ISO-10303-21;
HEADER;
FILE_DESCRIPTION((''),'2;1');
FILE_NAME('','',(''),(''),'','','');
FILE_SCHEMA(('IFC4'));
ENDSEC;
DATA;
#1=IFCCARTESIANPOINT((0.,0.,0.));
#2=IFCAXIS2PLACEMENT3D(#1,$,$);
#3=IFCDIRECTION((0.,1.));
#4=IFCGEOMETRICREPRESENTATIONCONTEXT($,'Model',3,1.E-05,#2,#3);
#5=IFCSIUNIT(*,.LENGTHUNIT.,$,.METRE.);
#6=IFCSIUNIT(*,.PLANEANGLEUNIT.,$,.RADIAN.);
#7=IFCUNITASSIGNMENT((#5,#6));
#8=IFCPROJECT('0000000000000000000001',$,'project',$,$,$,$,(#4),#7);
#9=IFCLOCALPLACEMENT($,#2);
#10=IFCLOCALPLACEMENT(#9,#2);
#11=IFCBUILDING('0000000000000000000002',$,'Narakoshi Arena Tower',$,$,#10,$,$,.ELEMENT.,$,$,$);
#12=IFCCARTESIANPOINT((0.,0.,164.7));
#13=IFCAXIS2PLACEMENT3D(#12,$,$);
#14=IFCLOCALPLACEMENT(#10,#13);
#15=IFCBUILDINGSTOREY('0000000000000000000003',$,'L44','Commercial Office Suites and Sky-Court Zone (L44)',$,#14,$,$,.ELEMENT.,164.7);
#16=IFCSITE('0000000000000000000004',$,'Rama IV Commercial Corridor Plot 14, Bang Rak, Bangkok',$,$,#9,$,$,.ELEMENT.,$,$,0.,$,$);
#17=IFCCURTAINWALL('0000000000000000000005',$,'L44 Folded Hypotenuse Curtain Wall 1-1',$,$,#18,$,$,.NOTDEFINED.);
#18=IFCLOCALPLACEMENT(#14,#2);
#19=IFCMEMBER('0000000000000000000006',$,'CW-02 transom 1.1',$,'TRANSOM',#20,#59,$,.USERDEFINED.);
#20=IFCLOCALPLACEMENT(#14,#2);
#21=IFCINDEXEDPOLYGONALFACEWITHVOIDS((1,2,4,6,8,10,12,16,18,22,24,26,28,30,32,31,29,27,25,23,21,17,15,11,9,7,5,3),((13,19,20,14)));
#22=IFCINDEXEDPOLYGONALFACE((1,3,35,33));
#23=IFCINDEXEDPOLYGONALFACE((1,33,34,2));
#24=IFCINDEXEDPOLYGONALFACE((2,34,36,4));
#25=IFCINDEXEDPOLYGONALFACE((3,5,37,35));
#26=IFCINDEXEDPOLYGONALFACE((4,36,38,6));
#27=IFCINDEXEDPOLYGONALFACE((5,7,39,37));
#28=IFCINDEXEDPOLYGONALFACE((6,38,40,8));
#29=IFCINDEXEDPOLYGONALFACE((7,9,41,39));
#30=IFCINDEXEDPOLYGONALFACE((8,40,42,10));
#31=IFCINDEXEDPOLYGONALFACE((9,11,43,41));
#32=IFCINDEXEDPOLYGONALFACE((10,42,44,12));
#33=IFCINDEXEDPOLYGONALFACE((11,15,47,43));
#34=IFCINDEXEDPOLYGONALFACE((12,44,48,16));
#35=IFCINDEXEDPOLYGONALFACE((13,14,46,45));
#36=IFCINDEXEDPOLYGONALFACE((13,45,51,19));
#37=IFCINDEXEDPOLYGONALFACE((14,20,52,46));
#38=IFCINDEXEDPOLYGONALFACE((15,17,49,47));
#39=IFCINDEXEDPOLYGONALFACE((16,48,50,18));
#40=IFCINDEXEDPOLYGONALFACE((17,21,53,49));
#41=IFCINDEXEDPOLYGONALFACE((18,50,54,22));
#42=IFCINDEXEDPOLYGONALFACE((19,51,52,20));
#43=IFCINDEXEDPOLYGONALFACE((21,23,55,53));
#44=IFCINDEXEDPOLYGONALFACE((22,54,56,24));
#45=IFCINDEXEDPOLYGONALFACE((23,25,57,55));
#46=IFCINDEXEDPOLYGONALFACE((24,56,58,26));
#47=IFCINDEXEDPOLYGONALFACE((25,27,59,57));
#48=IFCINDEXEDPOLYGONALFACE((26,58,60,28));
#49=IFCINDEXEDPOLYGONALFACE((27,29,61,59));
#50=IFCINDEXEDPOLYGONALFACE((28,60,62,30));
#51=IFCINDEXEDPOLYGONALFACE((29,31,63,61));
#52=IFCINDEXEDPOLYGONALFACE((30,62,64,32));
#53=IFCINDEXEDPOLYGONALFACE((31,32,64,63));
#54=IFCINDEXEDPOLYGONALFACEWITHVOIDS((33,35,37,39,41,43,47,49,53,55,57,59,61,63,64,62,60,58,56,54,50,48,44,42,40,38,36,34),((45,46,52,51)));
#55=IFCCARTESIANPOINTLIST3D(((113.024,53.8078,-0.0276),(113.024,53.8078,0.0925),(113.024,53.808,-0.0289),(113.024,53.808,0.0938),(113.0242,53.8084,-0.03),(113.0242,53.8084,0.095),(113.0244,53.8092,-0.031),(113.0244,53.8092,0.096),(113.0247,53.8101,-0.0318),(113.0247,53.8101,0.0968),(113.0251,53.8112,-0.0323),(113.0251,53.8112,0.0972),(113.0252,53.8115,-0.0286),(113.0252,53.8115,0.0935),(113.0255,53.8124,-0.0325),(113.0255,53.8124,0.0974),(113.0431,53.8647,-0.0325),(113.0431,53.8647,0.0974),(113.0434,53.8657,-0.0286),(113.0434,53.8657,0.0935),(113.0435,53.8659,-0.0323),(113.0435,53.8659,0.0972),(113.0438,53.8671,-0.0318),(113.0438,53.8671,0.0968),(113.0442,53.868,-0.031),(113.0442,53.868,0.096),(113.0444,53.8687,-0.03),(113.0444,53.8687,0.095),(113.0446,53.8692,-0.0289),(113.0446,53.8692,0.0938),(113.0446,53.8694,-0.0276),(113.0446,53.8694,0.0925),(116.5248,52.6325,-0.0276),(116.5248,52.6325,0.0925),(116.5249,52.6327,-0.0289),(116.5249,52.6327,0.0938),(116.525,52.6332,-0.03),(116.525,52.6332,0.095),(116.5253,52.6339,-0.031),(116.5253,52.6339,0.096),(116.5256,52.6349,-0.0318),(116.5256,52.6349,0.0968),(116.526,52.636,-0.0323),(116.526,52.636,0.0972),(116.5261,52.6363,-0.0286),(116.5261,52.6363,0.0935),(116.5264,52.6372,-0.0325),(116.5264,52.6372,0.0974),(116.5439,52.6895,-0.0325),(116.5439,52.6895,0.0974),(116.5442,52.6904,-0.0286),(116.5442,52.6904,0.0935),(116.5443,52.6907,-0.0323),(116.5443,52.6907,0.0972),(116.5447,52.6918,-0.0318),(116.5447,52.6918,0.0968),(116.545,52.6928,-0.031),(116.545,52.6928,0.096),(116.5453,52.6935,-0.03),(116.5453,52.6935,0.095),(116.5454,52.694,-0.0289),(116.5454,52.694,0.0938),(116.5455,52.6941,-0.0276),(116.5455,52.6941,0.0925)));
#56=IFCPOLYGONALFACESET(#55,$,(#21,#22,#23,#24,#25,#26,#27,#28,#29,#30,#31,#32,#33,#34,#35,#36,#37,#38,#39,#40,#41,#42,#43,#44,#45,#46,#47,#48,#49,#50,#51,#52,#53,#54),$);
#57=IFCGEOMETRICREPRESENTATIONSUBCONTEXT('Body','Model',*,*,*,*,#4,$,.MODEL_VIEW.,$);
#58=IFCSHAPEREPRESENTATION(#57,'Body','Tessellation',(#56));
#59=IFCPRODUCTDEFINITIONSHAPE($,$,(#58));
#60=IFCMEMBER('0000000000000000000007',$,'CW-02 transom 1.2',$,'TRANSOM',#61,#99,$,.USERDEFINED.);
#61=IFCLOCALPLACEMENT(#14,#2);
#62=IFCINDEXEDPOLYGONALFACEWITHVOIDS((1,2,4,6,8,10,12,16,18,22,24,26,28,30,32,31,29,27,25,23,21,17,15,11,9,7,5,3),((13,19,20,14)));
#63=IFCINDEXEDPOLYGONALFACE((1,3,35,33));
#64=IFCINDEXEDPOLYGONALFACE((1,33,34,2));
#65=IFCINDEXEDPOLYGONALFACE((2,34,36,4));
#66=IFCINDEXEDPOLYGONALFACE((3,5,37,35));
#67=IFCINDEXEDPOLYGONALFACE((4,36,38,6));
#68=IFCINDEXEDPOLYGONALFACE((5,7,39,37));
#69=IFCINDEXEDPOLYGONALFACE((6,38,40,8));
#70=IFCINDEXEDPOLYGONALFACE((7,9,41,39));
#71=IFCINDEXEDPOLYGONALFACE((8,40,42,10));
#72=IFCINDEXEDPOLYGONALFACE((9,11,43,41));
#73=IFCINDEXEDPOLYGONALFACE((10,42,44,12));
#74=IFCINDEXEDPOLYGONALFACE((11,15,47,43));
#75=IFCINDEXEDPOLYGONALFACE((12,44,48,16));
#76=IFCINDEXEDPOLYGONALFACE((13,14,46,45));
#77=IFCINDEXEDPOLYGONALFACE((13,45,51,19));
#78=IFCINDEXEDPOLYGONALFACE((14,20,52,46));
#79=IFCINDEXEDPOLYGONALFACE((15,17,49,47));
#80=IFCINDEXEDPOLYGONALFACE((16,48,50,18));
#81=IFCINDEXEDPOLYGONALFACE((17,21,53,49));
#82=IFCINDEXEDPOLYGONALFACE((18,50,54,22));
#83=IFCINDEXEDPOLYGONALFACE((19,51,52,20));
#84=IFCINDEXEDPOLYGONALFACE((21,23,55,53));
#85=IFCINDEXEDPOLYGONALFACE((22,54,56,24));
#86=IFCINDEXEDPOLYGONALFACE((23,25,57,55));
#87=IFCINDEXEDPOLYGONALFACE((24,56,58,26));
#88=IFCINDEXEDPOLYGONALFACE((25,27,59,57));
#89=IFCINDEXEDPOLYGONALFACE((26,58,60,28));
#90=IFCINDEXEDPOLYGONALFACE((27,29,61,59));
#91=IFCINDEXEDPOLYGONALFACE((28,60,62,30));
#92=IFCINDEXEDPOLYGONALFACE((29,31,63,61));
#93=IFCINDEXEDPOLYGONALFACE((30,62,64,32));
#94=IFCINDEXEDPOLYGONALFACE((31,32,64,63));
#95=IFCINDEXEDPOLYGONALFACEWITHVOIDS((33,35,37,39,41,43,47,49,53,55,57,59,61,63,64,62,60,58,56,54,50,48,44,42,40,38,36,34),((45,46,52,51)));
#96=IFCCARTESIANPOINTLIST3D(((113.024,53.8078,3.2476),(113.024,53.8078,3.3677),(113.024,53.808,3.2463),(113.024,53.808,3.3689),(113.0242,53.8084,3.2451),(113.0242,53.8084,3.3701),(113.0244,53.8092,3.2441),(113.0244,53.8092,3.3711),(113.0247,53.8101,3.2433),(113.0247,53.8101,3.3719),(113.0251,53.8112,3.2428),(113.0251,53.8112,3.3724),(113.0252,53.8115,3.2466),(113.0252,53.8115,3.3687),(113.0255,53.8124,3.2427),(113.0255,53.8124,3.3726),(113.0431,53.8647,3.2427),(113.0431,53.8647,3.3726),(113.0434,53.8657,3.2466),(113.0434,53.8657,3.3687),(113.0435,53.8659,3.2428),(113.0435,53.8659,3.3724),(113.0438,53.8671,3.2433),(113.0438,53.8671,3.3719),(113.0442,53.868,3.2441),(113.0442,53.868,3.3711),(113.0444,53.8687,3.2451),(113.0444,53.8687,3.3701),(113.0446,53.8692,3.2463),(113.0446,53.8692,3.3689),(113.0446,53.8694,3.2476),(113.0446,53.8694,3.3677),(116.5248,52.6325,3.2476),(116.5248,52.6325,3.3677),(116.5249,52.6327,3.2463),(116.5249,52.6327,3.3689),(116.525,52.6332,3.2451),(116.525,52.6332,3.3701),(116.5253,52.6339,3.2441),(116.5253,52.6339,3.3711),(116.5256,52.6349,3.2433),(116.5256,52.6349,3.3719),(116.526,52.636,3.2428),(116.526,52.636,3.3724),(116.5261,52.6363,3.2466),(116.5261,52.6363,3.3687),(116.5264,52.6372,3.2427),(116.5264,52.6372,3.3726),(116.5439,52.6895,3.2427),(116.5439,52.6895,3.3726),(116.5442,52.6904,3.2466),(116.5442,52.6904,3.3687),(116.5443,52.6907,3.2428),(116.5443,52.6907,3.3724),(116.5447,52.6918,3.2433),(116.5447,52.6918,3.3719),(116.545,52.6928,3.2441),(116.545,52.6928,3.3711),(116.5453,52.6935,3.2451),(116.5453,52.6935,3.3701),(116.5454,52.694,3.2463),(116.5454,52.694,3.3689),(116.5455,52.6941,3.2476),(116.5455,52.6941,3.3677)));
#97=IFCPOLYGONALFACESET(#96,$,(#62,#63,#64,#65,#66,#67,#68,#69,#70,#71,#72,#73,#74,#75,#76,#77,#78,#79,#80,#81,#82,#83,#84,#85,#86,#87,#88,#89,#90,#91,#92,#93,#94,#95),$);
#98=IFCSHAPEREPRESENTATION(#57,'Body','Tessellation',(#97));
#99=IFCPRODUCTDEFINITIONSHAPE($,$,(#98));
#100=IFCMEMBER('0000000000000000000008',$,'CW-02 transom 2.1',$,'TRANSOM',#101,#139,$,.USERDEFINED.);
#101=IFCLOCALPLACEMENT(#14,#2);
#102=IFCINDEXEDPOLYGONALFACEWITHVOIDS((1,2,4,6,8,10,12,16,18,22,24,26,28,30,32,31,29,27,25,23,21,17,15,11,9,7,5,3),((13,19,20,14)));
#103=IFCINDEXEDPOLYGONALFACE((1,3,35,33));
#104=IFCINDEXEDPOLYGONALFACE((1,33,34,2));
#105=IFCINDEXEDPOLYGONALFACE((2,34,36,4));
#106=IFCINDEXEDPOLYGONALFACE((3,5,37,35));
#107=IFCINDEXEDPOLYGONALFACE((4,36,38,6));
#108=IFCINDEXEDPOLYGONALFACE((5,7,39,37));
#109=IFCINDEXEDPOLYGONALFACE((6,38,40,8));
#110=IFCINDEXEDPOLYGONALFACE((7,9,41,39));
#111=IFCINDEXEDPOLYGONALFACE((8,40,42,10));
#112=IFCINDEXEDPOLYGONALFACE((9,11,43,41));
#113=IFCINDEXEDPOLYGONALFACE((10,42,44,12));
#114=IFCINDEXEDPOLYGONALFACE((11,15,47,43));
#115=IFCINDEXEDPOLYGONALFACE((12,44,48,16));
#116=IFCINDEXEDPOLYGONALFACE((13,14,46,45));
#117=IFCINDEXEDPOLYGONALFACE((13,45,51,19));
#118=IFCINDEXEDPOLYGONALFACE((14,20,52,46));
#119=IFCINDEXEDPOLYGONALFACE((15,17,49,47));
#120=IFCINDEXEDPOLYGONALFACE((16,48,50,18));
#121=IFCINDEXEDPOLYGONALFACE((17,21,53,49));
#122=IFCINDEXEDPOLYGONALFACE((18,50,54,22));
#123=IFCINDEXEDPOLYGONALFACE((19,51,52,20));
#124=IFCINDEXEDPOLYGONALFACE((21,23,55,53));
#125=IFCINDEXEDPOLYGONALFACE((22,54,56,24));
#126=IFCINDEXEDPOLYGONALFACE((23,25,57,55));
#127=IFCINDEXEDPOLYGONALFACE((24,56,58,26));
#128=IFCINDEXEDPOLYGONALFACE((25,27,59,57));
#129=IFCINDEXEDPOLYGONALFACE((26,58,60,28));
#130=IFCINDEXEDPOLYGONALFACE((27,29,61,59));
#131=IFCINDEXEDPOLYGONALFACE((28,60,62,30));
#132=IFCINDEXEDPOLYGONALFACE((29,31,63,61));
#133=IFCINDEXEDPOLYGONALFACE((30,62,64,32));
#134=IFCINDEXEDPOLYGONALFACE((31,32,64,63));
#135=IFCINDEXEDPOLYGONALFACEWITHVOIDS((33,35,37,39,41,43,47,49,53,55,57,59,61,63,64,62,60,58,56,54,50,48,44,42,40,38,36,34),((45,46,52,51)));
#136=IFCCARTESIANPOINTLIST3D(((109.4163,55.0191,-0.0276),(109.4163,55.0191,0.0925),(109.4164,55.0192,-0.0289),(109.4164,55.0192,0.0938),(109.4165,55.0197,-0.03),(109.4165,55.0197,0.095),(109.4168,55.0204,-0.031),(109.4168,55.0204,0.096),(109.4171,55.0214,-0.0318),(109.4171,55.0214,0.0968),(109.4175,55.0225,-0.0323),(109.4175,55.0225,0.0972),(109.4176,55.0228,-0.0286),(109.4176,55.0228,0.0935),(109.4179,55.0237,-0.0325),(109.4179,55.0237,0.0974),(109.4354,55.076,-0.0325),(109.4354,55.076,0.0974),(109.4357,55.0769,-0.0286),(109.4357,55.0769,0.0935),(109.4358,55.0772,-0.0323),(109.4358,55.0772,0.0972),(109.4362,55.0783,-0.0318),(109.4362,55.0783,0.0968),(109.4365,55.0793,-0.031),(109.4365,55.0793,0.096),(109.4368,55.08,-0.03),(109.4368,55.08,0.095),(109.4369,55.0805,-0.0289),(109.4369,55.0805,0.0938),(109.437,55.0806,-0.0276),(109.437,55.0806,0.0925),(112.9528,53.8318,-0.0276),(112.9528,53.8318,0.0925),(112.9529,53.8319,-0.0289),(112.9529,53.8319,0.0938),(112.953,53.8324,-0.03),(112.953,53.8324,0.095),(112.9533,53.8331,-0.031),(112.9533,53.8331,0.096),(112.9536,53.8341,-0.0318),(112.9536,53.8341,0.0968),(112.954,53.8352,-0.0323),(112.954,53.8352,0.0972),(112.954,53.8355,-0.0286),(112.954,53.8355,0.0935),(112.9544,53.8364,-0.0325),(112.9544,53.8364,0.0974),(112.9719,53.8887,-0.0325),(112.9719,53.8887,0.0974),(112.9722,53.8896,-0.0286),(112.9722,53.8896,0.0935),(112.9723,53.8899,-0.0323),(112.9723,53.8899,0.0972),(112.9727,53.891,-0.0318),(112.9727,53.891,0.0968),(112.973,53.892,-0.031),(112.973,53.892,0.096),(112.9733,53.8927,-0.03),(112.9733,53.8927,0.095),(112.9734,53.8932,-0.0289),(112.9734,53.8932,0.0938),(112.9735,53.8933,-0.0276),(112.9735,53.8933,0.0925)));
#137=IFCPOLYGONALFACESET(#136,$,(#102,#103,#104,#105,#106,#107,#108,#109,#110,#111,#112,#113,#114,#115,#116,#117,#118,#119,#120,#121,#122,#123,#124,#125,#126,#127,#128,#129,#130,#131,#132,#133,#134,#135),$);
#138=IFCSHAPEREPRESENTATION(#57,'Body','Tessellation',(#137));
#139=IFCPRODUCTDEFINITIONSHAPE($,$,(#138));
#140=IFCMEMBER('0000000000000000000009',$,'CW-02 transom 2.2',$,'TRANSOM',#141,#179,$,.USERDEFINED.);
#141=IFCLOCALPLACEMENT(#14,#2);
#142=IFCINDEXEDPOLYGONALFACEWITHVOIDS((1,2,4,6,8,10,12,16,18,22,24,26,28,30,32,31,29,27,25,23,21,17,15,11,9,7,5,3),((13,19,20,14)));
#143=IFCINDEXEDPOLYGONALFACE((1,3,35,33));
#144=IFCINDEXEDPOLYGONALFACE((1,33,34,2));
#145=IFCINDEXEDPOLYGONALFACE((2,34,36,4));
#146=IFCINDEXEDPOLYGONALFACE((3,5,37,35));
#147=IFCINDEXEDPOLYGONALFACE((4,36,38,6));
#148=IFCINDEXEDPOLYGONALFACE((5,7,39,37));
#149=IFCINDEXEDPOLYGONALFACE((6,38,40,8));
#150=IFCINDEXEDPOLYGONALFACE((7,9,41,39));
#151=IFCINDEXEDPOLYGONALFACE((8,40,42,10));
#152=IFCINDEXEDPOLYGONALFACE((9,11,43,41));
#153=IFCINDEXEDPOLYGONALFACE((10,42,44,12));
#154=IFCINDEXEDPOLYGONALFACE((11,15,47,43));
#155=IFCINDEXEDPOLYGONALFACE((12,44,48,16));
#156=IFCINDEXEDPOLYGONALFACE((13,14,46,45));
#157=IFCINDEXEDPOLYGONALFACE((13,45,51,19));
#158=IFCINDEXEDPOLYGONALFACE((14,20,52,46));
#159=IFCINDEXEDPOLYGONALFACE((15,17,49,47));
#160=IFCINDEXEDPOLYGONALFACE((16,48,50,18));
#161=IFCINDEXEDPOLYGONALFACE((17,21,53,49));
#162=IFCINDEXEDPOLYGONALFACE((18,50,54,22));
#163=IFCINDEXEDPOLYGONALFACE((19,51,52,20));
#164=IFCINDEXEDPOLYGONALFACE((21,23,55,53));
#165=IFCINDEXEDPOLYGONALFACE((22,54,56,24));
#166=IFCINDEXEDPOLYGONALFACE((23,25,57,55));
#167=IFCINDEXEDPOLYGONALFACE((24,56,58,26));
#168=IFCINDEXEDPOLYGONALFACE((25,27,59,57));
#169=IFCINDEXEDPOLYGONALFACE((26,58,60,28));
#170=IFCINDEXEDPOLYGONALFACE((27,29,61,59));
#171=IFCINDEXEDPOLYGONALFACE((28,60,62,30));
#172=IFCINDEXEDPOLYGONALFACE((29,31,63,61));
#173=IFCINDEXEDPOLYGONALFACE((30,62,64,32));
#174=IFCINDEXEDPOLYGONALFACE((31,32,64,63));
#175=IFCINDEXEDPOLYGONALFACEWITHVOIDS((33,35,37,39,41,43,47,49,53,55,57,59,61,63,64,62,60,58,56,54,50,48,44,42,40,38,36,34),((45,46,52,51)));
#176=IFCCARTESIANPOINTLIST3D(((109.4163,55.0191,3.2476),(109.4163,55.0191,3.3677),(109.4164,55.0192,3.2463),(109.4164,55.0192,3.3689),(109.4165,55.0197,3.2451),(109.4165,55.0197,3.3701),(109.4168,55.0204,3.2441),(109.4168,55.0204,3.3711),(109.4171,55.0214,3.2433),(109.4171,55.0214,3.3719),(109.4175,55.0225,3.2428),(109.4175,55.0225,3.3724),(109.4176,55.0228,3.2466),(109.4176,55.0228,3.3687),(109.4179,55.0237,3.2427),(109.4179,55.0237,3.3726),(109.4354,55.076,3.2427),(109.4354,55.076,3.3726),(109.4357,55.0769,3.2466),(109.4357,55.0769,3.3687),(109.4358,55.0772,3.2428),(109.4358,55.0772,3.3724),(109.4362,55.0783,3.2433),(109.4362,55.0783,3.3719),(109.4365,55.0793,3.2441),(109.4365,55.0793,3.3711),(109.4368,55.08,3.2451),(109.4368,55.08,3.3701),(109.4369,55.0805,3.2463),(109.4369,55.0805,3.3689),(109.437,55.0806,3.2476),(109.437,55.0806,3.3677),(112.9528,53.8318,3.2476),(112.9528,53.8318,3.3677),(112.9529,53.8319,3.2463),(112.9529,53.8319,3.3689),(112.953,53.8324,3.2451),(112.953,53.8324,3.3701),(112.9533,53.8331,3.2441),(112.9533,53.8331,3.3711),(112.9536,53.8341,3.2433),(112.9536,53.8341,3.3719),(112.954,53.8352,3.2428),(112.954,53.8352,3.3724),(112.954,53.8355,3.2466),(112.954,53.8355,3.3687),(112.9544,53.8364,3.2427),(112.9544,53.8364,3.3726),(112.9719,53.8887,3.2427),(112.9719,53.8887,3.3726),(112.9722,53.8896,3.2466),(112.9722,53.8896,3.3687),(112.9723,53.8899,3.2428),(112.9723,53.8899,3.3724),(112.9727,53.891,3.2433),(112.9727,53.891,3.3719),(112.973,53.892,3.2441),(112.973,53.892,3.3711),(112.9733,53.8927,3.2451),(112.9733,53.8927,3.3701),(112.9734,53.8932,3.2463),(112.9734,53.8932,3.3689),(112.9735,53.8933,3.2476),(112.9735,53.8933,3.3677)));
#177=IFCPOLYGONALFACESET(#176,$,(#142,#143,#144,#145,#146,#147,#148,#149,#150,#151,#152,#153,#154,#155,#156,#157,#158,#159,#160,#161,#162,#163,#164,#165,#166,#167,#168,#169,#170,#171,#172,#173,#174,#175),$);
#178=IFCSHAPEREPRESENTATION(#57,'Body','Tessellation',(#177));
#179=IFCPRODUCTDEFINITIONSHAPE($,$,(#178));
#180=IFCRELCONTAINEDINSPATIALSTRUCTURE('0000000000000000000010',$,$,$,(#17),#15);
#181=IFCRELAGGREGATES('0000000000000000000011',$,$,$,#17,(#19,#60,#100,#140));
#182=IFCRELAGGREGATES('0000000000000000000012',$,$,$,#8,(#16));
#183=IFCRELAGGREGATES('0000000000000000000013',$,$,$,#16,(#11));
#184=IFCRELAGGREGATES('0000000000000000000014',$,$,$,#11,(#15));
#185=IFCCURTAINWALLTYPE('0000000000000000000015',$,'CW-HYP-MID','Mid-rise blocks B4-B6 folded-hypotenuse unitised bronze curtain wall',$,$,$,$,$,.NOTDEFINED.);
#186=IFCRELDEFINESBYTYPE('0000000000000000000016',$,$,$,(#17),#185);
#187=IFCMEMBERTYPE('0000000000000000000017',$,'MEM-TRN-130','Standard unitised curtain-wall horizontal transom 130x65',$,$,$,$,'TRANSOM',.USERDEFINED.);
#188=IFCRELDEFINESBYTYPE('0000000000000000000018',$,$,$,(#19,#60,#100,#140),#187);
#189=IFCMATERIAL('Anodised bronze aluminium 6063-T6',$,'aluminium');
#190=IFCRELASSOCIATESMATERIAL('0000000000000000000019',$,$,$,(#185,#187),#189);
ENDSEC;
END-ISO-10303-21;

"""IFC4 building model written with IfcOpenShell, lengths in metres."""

from ifc_helpers import new_model, si_unit, direction, frame, origin, origin_2d, place, context, subcontext, project, spatial, hollow_rectangle, extrude, material, material_profile, profile_set, type_object, element, aggregate, save


model = new_model("IFC4")

# Units and contexts
model_context = context("Model", 3, precision=1e-05, world=origin(), true_north=direction((0.0, 1.0)))
body_context = subcontext(model_context, "Body", "Model", "MODEL_VIEW")
ifc_project = project(units=[si_unit("LENGTHUNIT", "METRE"), si_unit("PLANEANGLEUNIT", "RADIAN")], contexts=[model_context])

# Site, building, storey
site_placement = place(None, origin())
site = spatial("IfcSite", under=ifc_project, at=site_placement, Name="Rama IV Commercial Corridor Plot 14, Bang Rak, Bangkok", CompositionType="ELEMENT", RefElevation=0.0)
building_placement = place(site_placement, origin())
building = spatial("IfcBuilding", under=site, at=building_placement, Name="Narakoshi Arena Tower", CompositionType="ELEMENT")
storey_placement = place(building_placement, frame((0.0, 0.0, 164.7)))
storey = spatial("IfcBuildingStorey", under=building, at=storey_placement, Name="L44", Description="Commercial Office Suites and Sky-Court Zone (L44)", CompositionType="ELEMENT", Elevation=164.7)

# Curtain wall, members
ifc_material_1 = material(Name="Anodised bronze aluminium 6063-T6", Category="aluminium")
curtain_wall_type = type_object("IfcCurtainWallType", Name="CW-HYP-MID", Description="Mid-rise blocks B4-B6 folded-hypotenuse unitised bronze curtain wall", PredefinedType="NOTDEFINED", material=ifc_material_1)
curtain_wall_placement = place(storey_placement, origin())
curtain_wall = element("IfcCurtainWall", 1, at=curtain_wall_placement, inside=storey, type_object=curtain_wall_type, Name="L44 Folded Hypotenuse Curtain Wall 1-1", PredefinedType="NOTDEFINED")
ifc_material_profile_1 = material_profile(ifc_material_1, hollow_rectangle(XDim=0.0649, YDim=0.1299, WallThickness=0.0039, OuterFilletRadius=0.0049, at=origin_2d()), Name="TRN130x65x4")
ifc_profile_set_1 = profile_set([ifc_material_profile_1], Name="Anodised bronze aluminium 6063-T6")
member_type_1 = type_object("IfcMemberType", Name="MEM-TRN-130", Description="Standard unitised curtain-wall horizontal transom 130x65", ElementType="TRANSOM", PredefinedType="USERDEFINED", material=ifc_profile_set_1)
member_1_placement = place(storey_placement, frame((116.5352, 52.6633, 0.0325), z_axis=(-0.948007, 0.31825, 0.0), x_axis=(-0.31825, -0.948007, 0.0)))
member_1 = element("IfcMember", 2, at=member_1_placement, type_object=member_type_1, Name="CW-02 transom 1.1", ObjectType="TRANSOM", PredefinedType="USERDEFINED", context=body_context, shape_type="SweptSolid", body=[
    extrude(hollow_rectangle(XDim=0.0649, YDim=0.1299, WallThickness=0.0039, OuterFilletRadius=0.0049, at=origin_2d()), origin(), (0.0, 0.0, 1.0), 3.6929),
])
member_2_placement = place(storey_placement, frame((116.5352, 52.6633, 3.3076), z_axis=(-0.948007, 0.31825, 0.0), x_axis=(-0.31825, -0.948007, 0.0)))
member_2 = element("IfcMember", 3, at=member_2_placement, type_object=member_type_1, Name="CW-02 transom 1.2", ObjectType="TRANSOM", PredefinedType="USERDEFINED", context=body_context, shape_type="SweptSolid", body=[
    extrude(hollow_rectangle(XDim=0.0649, YDim=0.1299, WallThickness=0.0039, OuterFilletRadius=0.0049, at=origin_2d()), origin(), (0.0, 0.0, 1.0), 3.6929),
])
member_3_placement = place(storey_placement, frame((112.9631, 53.8625, 0.0325), z_axis=(-0.948, 0.318269, 0.0), x_axis=(-0.318269, -0.948, 0.0)))
member_3 = element("IfcMember", 4, at=member_3_placement, type_object=member_type_1, Name="CW-02 transom 2.1", ObjectType="TRANSOM", PredefinedType="USERDEFINED", context=body_context, shape_type="SweptSolid", body=[
    extrude(hollow_rectangle(XDim=0.0649, YDim=0.1299, WallThickness=0.0039, OuterFilletRadius=0.0049, at=origin_2d()), origin(), (0.0, 0.0, 1.0), 3.7305),
])
member_4_placement = place(storey_placement, frame((112.9631, 53.8625, 3.3076), z_axis=(-0.948, 0.318269, 0.0), x_axis=(-0.318269, -0.948, 0.0)))
member_4 = element("IfcMember", 5, at=member_4_placement, type_object=member_type_1, Name="CW-02 transom 2.2", ObjectType="TRANSOM", PredefinedType="USERDEFINED", context=body_context, shape_type="SweptSolid", body=[
    extrude(hollow_rectangle(XDim=0.0649, YDim=0.1299, WallThickness=0.0039, OuterFilletRadius=0.0049, at=origin_2d()), origin(), (0.0, 0.0, 1.0), 3.7305),
])
aggregate(curtain_wall, [member_1, member_2, member_3, member_4])

save(model, "model.ifc")
